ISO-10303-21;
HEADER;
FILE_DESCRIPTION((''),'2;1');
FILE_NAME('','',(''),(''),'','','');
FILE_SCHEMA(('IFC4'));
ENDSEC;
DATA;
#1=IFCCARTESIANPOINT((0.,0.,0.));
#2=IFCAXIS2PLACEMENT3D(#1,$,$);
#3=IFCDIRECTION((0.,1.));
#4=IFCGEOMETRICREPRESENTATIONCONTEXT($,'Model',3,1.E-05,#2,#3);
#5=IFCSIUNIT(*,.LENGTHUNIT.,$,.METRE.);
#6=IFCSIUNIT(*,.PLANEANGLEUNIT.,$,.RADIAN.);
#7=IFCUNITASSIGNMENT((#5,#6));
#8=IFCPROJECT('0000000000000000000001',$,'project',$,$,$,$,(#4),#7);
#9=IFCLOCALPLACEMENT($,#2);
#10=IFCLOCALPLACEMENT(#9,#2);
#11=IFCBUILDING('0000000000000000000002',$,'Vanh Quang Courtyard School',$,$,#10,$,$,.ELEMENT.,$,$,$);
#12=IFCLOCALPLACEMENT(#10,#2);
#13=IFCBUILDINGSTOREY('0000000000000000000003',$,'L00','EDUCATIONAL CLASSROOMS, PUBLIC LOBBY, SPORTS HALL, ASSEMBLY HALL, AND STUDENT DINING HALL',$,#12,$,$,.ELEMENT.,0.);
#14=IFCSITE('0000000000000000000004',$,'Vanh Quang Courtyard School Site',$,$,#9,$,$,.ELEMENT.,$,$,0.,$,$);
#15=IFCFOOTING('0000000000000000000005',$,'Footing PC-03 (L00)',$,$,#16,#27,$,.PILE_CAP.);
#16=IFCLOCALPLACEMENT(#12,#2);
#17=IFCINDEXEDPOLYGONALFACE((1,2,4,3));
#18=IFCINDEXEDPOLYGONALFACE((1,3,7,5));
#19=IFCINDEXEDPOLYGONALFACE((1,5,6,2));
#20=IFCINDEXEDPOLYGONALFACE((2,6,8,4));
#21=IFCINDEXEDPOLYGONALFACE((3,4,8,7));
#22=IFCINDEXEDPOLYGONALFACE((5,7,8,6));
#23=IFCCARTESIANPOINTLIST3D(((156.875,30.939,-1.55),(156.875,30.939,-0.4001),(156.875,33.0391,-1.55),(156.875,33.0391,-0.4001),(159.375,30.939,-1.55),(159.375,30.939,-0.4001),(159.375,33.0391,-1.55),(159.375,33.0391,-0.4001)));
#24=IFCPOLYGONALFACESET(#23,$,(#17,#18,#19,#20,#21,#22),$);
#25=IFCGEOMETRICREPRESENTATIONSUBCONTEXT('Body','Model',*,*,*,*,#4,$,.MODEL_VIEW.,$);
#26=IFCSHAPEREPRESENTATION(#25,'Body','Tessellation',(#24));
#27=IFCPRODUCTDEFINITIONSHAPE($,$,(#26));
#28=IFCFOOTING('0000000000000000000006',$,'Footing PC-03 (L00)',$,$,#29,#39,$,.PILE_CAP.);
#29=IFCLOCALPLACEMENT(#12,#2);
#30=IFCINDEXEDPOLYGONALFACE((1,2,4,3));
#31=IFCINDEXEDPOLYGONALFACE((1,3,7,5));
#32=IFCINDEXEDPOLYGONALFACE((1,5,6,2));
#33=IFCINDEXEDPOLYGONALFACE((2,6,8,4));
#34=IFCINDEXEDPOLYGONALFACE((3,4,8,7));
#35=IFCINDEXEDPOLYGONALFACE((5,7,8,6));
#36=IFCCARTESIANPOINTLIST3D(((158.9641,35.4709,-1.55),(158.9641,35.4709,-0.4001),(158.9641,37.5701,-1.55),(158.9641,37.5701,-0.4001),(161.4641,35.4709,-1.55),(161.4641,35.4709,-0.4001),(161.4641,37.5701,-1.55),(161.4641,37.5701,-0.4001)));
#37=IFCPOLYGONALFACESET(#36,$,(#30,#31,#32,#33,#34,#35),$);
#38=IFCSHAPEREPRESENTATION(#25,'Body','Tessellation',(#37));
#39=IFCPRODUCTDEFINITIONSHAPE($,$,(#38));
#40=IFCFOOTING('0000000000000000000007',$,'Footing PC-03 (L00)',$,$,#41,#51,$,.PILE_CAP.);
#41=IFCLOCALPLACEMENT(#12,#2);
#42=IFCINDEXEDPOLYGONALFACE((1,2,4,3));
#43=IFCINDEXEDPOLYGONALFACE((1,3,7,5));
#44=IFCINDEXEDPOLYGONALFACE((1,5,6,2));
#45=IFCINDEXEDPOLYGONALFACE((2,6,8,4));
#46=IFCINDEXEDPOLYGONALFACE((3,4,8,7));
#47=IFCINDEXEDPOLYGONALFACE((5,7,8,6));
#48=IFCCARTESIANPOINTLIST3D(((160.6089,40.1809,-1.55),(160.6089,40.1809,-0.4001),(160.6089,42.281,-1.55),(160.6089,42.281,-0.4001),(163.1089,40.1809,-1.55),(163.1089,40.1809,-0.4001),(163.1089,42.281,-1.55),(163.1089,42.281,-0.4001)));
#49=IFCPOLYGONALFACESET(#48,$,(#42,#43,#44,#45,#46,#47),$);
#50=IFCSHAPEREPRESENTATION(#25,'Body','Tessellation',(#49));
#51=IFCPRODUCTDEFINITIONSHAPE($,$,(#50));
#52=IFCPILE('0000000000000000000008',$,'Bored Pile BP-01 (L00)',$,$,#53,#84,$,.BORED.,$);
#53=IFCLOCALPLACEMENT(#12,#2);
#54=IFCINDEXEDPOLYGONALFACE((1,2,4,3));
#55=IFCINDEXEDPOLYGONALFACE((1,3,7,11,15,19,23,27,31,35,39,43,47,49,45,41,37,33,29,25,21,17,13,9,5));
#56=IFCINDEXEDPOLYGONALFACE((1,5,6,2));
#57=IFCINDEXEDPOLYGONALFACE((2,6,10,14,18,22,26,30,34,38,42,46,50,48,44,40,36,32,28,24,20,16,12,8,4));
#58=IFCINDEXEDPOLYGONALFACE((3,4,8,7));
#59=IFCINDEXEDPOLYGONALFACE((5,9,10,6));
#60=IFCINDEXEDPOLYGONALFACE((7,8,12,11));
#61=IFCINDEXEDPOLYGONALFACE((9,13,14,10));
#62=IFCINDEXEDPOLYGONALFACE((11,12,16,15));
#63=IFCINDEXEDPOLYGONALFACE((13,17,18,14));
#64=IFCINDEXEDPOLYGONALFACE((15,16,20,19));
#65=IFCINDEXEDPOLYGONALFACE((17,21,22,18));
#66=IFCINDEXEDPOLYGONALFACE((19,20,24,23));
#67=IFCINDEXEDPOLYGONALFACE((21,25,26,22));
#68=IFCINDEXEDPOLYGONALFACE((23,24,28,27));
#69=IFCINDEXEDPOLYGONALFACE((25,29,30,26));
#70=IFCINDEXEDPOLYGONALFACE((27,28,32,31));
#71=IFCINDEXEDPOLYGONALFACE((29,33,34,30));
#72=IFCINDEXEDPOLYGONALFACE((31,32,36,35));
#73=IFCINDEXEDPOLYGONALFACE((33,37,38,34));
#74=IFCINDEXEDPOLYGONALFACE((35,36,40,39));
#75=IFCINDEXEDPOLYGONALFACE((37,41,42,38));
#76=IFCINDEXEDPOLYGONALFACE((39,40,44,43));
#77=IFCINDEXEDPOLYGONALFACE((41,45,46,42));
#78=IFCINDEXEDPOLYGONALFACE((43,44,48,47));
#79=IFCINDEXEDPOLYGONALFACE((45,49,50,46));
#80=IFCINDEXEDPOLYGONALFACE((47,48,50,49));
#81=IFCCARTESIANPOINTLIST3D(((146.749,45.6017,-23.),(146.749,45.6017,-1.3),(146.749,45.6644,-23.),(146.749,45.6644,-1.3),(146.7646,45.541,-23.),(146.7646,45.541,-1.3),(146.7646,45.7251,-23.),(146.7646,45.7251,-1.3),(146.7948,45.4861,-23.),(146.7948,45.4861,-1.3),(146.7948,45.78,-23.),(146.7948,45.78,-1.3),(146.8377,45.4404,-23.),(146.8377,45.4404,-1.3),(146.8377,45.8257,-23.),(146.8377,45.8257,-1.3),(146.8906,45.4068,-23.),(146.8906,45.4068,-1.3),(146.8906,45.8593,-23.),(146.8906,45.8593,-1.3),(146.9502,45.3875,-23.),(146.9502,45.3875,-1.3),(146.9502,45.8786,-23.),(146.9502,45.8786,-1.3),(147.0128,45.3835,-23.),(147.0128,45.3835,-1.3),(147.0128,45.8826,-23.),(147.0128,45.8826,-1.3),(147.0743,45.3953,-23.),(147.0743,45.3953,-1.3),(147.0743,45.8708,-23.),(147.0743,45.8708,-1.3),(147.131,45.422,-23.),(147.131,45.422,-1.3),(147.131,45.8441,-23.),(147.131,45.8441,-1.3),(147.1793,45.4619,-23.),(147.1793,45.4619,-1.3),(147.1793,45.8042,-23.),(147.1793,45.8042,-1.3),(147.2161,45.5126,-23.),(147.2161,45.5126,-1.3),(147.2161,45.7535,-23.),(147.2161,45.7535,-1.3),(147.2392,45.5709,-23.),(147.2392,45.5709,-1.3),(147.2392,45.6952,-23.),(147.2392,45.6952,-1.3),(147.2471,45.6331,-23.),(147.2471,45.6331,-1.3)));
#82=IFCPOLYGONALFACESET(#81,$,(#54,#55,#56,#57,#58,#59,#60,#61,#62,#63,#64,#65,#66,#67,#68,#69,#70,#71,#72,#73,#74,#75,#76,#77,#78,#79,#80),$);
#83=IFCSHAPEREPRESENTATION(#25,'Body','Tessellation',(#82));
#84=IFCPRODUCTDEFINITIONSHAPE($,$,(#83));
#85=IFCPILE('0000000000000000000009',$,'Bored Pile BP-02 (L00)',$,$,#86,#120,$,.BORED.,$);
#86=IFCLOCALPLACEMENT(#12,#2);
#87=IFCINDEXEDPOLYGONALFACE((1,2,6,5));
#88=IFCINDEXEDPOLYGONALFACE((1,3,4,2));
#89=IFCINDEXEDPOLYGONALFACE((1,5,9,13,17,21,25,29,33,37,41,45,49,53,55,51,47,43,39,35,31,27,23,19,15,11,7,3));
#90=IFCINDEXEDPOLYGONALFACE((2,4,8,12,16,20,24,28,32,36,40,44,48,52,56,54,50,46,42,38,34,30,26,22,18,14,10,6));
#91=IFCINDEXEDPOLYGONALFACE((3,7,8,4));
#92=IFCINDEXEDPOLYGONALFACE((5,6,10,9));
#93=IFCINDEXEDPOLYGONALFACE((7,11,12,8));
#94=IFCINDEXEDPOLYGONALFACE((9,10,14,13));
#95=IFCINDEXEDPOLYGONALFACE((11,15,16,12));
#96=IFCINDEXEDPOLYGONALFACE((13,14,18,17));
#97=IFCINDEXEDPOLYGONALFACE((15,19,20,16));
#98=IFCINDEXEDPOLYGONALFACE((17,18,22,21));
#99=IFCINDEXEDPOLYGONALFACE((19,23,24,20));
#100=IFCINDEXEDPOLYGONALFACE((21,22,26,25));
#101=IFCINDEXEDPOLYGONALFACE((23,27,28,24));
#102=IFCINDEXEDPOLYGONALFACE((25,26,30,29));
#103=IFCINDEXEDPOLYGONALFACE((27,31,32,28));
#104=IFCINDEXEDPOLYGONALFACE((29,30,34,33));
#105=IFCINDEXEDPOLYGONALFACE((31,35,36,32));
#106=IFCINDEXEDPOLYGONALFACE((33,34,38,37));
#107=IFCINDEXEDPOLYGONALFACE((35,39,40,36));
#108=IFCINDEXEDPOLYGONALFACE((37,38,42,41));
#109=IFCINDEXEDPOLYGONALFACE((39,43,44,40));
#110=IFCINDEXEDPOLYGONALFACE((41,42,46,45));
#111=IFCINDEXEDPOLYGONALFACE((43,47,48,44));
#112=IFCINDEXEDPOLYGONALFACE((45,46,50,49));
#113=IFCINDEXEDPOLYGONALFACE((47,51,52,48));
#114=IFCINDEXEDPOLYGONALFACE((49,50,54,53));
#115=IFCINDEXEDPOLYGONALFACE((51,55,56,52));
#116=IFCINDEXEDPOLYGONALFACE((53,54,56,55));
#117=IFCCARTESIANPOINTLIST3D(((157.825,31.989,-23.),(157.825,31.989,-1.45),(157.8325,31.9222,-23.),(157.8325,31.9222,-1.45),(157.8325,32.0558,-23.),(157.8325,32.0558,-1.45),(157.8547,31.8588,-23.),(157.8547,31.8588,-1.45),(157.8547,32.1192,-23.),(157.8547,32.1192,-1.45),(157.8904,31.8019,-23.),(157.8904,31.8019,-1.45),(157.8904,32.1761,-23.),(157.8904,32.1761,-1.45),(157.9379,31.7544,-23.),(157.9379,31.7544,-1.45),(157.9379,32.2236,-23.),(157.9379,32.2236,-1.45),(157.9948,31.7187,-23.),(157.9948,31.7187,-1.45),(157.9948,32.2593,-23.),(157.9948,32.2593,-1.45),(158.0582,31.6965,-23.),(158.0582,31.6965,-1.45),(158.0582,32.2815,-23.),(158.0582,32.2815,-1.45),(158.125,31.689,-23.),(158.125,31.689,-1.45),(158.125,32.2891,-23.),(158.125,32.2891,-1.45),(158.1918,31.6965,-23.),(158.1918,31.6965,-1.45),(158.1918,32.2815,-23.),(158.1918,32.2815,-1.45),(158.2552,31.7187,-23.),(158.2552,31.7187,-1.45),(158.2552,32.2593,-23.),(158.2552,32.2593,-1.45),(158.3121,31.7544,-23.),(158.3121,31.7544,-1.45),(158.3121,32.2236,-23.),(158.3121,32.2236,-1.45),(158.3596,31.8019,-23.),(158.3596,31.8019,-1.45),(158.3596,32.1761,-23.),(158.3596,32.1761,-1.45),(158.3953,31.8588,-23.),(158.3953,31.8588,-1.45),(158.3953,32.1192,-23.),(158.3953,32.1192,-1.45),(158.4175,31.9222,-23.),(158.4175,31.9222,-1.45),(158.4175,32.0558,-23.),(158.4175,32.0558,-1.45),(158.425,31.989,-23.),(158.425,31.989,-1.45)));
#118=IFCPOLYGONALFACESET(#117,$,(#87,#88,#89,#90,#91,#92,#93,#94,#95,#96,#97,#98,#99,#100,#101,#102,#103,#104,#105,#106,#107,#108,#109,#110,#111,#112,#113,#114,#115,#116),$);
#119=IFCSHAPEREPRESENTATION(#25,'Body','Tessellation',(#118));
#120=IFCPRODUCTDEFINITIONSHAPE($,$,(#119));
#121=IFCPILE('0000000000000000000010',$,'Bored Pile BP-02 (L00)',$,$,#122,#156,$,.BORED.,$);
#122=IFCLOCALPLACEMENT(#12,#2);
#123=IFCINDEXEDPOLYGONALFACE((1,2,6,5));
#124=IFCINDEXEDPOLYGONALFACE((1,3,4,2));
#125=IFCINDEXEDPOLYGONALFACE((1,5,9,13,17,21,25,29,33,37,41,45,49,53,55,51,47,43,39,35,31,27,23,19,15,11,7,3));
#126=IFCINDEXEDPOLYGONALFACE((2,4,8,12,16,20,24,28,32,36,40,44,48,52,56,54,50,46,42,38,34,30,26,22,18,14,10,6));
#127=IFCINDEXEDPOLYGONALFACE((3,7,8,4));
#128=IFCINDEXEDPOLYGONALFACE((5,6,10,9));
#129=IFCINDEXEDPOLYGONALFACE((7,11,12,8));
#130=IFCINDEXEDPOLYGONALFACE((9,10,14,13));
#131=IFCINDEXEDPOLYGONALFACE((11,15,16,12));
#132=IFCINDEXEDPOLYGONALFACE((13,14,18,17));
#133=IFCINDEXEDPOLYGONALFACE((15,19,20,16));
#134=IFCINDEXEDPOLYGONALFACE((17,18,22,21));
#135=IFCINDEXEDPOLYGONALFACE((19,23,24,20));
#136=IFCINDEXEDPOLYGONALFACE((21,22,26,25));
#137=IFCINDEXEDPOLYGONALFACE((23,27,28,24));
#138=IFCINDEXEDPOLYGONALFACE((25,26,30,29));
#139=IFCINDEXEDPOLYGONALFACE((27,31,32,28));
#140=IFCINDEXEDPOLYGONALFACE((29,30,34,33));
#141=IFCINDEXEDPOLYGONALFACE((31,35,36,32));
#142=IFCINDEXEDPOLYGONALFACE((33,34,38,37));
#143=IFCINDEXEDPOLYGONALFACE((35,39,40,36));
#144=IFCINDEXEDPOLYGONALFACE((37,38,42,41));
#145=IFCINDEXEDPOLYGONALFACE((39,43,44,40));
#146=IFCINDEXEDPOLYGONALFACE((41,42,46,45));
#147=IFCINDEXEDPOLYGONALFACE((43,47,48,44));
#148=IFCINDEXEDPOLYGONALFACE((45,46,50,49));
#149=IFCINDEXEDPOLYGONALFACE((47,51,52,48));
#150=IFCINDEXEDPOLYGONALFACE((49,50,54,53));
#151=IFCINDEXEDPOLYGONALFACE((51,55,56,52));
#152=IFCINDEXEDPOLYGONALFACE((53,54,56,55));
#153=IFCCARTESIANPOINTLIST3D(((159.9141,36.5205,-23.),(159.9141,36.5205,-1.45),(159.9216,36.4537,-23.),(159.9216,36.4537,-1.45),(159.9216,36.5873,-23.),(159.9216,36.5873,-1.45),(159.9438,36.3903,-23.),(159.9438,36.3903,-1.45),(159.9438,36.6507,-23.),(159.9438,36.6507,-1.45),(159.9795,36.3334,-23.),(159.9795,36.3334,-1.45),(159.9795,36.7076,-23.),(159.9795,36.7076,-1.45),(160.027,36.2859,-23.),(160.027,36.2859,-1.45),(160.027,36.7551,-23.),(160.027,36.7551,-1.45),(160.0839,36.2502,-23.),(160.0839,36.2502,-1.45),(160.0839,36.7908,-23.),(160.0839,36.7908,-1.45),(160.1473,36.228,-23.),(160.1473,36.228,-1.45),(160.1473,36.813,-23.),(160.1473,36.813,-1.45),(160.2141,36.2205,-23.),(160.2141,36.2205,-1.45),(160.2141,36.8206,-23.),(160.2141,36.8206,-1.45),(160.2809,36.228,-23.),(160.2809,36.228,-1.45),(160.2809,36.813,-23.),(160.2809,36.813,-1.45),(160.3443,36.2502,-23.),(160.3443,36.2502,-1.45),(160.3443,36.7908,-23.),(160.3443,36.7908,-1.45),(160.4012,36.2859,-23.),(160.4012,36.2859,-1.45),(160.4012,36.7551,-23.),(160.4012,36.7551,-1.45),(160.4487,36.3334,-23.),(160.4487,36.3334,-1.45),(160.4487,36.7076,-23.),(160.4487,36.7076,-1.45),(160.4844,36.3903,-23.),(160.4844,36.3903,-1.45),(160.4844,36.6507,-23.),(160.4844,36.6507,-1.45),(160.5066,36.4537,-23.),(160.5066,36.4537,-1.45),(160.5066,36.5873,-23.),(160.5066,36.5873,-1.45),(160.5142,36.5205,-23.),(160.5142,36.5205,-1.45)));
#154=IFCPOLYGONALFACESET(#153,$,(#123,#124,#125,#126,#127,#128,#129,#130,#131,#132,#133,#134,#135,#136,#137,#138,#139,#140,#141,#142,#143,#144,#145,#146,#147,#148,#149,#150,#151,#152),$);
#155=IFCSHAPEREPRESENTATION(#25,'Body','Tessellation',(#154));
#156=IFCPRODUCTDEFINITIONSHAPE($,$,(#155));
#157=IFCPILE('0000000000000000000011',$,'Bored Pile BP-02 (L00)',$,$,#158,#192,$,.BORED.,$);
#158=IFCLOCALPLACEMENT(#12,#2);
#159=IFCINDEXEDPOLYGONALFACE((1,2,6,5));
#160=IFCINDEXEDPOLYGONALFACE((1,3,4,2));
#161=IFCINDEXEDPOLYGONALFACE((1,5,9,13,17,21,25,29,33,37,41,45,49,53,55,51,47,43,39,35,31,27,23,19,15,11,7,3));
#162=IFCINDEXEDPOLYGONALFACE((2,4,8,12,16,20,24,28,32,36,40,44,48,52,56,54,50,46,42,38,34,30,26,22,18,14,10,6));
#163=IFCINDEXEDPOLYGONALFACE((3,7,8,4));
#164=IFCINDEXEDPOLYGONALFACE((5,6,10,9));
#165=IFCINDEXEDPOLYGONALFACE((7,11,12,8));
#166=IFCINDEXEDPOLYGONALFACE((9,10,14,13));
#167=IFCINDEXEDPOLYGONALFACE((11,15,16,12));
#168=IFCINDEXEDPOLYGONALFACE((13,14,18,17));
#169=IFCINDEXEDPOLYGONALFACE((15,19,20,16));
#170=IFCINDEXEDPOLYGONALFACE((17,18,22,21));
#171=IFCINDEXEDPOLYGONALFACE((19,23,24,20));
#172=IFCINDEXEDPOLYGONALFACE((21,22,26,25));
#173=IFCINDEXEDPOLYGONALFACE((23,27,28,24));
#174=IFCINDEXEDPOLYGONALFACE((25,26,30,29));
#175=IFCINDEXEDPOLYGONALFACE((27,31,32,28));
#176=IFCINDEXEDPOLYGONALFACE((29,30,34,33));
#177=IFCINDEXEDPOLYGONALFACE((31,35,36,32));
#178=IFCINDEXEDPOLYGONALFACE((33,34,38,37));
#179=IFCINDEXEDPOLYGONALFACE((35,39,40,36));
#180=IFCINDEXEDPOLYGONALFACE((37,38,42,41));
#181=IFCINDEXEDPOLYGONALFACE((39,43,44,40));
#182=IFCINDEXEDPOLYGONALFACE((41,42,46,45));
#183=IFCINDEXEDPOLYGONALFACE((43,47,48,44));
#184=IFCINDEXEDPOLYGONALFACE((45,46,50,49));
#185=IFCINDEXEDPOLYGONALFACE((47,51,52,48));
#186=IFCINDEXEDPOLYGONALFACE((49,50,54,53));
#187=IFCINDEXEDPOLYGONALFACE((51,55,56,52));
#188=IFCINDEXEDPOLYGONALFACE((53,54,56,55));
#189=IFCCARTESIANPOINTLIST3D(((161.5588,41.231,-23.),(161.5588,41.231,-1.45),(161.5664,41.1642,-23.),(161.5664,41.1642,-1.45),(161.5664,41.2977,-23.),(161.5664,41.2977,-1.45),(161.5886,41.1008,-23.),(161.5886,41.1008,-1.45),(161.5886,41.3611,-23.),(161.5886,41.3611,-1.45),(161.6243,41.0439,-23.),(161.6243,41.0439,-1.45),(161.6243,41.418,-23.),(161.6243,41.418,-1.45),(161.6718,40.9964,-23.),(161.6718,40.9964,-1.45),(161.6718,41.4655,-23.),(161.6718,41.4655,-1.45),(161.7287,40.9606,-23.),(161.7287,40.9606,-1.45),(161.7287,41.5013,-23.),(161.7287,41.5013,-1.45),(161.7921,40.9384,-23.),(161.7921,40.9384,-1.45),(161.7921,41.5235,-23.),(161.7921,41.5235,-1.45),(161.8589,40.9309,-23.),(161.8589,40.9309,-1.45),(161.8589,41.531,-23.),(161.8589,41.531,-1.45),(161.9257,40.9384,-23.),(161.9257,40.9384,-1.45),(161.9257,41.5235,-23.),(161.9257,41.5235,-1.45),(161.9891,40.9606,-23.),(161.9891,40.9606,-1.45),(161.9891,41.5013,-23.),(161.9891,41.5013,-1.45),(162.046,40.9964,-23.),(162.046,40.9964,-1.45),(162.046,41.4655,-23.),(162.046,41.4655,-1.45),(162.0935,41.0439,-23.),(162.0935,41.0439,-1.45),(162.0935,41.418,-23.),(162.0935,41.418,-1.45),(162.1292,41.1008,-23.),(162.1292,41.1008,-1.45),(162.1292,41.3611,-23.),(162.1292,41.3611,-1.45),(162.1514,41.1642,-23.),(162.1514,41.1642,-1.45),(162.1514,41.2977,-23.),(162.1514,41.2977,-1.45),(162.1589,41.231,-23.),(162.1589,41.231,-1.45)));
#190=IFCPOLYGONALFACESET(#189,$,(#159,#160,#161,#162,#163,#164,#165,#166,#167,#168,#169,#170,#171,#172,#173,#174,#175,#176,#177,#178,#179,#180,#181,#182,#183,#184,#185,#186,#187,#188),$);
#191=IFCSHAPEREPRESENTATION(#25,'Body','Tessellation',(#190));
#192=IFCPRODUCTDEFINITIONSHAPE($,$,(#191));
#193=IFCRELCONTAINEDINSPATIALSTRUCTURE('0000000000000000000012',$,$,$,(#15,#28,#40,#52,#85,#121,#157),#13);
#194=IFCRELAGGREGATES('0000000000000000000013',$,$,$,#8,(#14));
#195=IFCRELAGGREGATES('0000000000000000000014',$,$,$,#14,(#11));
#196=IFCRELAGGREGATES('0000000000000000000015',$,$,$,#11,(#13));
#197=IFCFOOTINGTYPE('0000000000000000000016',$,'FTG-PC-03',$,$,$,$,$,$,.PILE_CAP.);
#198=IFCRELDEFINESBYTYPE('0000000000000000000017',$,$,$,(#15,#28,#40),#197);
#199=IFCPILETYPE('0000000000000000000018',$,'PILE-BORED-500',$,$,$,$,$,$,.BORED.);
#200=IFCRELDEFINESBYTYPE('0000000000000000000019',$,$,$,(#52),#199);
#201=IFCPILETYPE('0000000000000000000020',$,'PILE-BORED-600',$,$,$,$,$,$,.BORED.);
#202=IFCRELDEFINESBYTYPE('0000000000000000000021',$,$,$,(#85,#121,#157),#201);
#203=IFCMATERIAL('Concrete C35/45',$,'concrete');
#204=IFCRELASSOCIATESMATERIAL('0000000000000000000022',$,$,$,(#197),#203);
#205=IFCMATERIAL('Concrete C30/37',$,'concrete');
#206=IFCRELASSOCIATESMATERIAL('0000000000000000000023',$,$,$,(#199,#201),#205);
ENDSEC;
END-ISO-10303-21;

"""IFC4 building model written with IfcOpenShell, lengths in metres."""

from ifc_helpers import new_model, si_unit, direction, frame, origin, origin_2d, place, context, subcontext, project, spatial, rectangle, circle, extrude, material, material_profile, profile_set, type_object, element, save


model = new_model("IFC4")

# Units and contexts
model_context = context("Model", 3, precision=1e-05, world=origin(), true_north=direction((0.0, 1.0)))
body_context = subcontext(model_context, "Body", "Model", "MODEL_VIEW")
ifc_project = project(units=[si_unit("LENGTHUNIT", "METRE"), si_unit("PLANEANGLEUNIT", "RADIAN")], contexts=[model_context])

# Site, building, storey
site_placement = place(None, origin())
site = spatial("IfcSite", under=ifc_project, at=site_placement, Name="Vanh Quang Courtyard School Site", CompositionType="ELEMENT", RefElevation=0.0)
building_placement = place(site_placement, origin())
building = spatial("IfcBuilding", under=site, at=building_placement, Name="Vanh Quang Courtyard School", CompositionType="ELEMENT")
storey_placement = place(building_placement, origin())
storey = spatial("IfcBuildingStorey", under=building, at=storey_placement, Name="L00", Description="EDUCATIONAL CLASSROOMS, PUBLIC LOBBY, SPORTS HALL, ASSEMBLY HALL, AND STUDENT DINING HALL", CompositionType="ELEMENT", Elevation=0.0)

# Footings
ifc_material_1 = material(Name="Concrete C35/45", Category="concrete")
footing_type = type_object("IfcFootingType", Name="FTG-PC-03", PredefinedType="PILE_CAP", material=ifc_material_1)
footing_1_placement = place(storey_placement, frame((158.125, 31.989, -1.55), z_axis=(0.0, 0.0, 1.0), x_axis=(1.0, 0.0, 0.0)))
element("IfcFooting", 1, at=footing_1_placement, inside=storey, type_object=footing_type, Name="Footing PC-03 (L00)", PredefinedType="PILE_CAP", context=body_context, shape_type="SweptSolid", body=[
    extrude(rectangle(XDim=2.5, YDim=2.1001, at=origin_2d()), origin(), (0.0, 0.0, 1.0), 1.1499),
])
footing_2_placement = place(storey_placement, frame((160.2141, 36.5205, -1.55), z_axis=(0.0, 0.0, 1.0), x_axis=(1.0, 0.0, 0.0)))
element("IfcFooting", 2, at=footing_2_placement, inside=storey, type_object=footing_type, Name="Footing PC-03 (L00)", PredefinedType="PILE_CAP", context=body_context, shape_type="SweptSolid", body=[
    extrude(rectangle(XDim=2.5, YDim=2.0991, at=origin_2d()), origin(), (0.0, 0.0, 1.0), 1.1499),
])
footing_3_placement = place(storey_placement, frame((161.8589, 41.231, -1.55), z_axis=(0.0, 0.0, 1.0), x_axis=(1.0, 0.0, 0.0)))
element("IfcFooting", 3, at=footing_3_placement, inside=storey, type_object=footing_type, Name="Footing PC-03 (L00)", PredefinedType="PILE_CAP", context=body_context, shape_type="SweptSolid", body=[
    extrude(rectangle(XDim=2.5, YDim=2.1001, at=origin_2d()), origin(), (0.0, 0.0, 1.0), 1.1499),
])

# Piles
ifc_material_2 = material(Name="Concrete C30/37", Category="concrete")
ifc_material_profile_1 = material_profile(ifc_material_2, circle(Radius=0.25, at=origin_2d()), Name="PILE D500")
ifc_profile_set_1 = profile_set([ifc_material_profile_1], Name="Concrete C30/37")
pile_type_1 = type_object("IfcPileType", Name="PILE-BORED-500", PredefinedType="BORED", material=ifc_profile_set_1)
pile_placement = place(storey_placement, frame((146.9971, 45.6331, -1.3), z_axis=(0.0, 0.0, -1.0), x_axis=(1.0, 0.0, 0.0)))
element("IfcPile", 4, at=pile_placement, inside=storey, type_object=pile_type_1, Name="Bored Pile BP-01 (L00)", PredefinedType="BORED", context=body_context, shape_type="SweptSolid", body=[
    extrude(circle(Radius=0.25, at=origin_2d()), origin(), (0.0, 0.0, 1.0), 21.7),
])
ifc_material_profile_2 = material_profile(ifc_material_2, circle(Radius=0.3, at=origin_2d()), Name="PILE D600")
ifc_profile_set_2 = profile_set([ifc_material_profile_2], Name="Concrete C30/37")
pile_type_2 = type_object("IfcPileType", Name="PILE-BORED-600", PredefinedType="BORED", material=ifc_profile_set_2)
for number, where, z_axis, x_axis, name in (
    (5, (158.125, 31.989, -1.45), (0.0, 0.0, -1.0), (1.0, 0.0, 0.0), "Bored Pile BP-02 (L00)"),
    (6, (160.2141, 36.5205, -1.45), (0.0, 0.0, -1.0), (1.0, 0.0, 0.0), "Bored Pile BP-02 (L00)"),
    (7, (161.8589, 41.231, -1.45), (0.0, 0.0, -1.0), (1.0, 0.0, 0.0), "Bored Pile BP-02 (L00)"),
):
    element("IfcPile", number, at=place(storey_placement, frame(where, z_axis=z_axis, x_axis=x_axis)), inside=storey, type_object=pile_type_2, Name=name, PredefinedType="BORED", context=body_context, shape_type="SweptSolid", body=[
        extrude(circle(Radius=0.3, at=origin_2d()), origin(), (0.0, 0.0, 1.0), 21.55),
    ])

save(model, "model.ifc")
